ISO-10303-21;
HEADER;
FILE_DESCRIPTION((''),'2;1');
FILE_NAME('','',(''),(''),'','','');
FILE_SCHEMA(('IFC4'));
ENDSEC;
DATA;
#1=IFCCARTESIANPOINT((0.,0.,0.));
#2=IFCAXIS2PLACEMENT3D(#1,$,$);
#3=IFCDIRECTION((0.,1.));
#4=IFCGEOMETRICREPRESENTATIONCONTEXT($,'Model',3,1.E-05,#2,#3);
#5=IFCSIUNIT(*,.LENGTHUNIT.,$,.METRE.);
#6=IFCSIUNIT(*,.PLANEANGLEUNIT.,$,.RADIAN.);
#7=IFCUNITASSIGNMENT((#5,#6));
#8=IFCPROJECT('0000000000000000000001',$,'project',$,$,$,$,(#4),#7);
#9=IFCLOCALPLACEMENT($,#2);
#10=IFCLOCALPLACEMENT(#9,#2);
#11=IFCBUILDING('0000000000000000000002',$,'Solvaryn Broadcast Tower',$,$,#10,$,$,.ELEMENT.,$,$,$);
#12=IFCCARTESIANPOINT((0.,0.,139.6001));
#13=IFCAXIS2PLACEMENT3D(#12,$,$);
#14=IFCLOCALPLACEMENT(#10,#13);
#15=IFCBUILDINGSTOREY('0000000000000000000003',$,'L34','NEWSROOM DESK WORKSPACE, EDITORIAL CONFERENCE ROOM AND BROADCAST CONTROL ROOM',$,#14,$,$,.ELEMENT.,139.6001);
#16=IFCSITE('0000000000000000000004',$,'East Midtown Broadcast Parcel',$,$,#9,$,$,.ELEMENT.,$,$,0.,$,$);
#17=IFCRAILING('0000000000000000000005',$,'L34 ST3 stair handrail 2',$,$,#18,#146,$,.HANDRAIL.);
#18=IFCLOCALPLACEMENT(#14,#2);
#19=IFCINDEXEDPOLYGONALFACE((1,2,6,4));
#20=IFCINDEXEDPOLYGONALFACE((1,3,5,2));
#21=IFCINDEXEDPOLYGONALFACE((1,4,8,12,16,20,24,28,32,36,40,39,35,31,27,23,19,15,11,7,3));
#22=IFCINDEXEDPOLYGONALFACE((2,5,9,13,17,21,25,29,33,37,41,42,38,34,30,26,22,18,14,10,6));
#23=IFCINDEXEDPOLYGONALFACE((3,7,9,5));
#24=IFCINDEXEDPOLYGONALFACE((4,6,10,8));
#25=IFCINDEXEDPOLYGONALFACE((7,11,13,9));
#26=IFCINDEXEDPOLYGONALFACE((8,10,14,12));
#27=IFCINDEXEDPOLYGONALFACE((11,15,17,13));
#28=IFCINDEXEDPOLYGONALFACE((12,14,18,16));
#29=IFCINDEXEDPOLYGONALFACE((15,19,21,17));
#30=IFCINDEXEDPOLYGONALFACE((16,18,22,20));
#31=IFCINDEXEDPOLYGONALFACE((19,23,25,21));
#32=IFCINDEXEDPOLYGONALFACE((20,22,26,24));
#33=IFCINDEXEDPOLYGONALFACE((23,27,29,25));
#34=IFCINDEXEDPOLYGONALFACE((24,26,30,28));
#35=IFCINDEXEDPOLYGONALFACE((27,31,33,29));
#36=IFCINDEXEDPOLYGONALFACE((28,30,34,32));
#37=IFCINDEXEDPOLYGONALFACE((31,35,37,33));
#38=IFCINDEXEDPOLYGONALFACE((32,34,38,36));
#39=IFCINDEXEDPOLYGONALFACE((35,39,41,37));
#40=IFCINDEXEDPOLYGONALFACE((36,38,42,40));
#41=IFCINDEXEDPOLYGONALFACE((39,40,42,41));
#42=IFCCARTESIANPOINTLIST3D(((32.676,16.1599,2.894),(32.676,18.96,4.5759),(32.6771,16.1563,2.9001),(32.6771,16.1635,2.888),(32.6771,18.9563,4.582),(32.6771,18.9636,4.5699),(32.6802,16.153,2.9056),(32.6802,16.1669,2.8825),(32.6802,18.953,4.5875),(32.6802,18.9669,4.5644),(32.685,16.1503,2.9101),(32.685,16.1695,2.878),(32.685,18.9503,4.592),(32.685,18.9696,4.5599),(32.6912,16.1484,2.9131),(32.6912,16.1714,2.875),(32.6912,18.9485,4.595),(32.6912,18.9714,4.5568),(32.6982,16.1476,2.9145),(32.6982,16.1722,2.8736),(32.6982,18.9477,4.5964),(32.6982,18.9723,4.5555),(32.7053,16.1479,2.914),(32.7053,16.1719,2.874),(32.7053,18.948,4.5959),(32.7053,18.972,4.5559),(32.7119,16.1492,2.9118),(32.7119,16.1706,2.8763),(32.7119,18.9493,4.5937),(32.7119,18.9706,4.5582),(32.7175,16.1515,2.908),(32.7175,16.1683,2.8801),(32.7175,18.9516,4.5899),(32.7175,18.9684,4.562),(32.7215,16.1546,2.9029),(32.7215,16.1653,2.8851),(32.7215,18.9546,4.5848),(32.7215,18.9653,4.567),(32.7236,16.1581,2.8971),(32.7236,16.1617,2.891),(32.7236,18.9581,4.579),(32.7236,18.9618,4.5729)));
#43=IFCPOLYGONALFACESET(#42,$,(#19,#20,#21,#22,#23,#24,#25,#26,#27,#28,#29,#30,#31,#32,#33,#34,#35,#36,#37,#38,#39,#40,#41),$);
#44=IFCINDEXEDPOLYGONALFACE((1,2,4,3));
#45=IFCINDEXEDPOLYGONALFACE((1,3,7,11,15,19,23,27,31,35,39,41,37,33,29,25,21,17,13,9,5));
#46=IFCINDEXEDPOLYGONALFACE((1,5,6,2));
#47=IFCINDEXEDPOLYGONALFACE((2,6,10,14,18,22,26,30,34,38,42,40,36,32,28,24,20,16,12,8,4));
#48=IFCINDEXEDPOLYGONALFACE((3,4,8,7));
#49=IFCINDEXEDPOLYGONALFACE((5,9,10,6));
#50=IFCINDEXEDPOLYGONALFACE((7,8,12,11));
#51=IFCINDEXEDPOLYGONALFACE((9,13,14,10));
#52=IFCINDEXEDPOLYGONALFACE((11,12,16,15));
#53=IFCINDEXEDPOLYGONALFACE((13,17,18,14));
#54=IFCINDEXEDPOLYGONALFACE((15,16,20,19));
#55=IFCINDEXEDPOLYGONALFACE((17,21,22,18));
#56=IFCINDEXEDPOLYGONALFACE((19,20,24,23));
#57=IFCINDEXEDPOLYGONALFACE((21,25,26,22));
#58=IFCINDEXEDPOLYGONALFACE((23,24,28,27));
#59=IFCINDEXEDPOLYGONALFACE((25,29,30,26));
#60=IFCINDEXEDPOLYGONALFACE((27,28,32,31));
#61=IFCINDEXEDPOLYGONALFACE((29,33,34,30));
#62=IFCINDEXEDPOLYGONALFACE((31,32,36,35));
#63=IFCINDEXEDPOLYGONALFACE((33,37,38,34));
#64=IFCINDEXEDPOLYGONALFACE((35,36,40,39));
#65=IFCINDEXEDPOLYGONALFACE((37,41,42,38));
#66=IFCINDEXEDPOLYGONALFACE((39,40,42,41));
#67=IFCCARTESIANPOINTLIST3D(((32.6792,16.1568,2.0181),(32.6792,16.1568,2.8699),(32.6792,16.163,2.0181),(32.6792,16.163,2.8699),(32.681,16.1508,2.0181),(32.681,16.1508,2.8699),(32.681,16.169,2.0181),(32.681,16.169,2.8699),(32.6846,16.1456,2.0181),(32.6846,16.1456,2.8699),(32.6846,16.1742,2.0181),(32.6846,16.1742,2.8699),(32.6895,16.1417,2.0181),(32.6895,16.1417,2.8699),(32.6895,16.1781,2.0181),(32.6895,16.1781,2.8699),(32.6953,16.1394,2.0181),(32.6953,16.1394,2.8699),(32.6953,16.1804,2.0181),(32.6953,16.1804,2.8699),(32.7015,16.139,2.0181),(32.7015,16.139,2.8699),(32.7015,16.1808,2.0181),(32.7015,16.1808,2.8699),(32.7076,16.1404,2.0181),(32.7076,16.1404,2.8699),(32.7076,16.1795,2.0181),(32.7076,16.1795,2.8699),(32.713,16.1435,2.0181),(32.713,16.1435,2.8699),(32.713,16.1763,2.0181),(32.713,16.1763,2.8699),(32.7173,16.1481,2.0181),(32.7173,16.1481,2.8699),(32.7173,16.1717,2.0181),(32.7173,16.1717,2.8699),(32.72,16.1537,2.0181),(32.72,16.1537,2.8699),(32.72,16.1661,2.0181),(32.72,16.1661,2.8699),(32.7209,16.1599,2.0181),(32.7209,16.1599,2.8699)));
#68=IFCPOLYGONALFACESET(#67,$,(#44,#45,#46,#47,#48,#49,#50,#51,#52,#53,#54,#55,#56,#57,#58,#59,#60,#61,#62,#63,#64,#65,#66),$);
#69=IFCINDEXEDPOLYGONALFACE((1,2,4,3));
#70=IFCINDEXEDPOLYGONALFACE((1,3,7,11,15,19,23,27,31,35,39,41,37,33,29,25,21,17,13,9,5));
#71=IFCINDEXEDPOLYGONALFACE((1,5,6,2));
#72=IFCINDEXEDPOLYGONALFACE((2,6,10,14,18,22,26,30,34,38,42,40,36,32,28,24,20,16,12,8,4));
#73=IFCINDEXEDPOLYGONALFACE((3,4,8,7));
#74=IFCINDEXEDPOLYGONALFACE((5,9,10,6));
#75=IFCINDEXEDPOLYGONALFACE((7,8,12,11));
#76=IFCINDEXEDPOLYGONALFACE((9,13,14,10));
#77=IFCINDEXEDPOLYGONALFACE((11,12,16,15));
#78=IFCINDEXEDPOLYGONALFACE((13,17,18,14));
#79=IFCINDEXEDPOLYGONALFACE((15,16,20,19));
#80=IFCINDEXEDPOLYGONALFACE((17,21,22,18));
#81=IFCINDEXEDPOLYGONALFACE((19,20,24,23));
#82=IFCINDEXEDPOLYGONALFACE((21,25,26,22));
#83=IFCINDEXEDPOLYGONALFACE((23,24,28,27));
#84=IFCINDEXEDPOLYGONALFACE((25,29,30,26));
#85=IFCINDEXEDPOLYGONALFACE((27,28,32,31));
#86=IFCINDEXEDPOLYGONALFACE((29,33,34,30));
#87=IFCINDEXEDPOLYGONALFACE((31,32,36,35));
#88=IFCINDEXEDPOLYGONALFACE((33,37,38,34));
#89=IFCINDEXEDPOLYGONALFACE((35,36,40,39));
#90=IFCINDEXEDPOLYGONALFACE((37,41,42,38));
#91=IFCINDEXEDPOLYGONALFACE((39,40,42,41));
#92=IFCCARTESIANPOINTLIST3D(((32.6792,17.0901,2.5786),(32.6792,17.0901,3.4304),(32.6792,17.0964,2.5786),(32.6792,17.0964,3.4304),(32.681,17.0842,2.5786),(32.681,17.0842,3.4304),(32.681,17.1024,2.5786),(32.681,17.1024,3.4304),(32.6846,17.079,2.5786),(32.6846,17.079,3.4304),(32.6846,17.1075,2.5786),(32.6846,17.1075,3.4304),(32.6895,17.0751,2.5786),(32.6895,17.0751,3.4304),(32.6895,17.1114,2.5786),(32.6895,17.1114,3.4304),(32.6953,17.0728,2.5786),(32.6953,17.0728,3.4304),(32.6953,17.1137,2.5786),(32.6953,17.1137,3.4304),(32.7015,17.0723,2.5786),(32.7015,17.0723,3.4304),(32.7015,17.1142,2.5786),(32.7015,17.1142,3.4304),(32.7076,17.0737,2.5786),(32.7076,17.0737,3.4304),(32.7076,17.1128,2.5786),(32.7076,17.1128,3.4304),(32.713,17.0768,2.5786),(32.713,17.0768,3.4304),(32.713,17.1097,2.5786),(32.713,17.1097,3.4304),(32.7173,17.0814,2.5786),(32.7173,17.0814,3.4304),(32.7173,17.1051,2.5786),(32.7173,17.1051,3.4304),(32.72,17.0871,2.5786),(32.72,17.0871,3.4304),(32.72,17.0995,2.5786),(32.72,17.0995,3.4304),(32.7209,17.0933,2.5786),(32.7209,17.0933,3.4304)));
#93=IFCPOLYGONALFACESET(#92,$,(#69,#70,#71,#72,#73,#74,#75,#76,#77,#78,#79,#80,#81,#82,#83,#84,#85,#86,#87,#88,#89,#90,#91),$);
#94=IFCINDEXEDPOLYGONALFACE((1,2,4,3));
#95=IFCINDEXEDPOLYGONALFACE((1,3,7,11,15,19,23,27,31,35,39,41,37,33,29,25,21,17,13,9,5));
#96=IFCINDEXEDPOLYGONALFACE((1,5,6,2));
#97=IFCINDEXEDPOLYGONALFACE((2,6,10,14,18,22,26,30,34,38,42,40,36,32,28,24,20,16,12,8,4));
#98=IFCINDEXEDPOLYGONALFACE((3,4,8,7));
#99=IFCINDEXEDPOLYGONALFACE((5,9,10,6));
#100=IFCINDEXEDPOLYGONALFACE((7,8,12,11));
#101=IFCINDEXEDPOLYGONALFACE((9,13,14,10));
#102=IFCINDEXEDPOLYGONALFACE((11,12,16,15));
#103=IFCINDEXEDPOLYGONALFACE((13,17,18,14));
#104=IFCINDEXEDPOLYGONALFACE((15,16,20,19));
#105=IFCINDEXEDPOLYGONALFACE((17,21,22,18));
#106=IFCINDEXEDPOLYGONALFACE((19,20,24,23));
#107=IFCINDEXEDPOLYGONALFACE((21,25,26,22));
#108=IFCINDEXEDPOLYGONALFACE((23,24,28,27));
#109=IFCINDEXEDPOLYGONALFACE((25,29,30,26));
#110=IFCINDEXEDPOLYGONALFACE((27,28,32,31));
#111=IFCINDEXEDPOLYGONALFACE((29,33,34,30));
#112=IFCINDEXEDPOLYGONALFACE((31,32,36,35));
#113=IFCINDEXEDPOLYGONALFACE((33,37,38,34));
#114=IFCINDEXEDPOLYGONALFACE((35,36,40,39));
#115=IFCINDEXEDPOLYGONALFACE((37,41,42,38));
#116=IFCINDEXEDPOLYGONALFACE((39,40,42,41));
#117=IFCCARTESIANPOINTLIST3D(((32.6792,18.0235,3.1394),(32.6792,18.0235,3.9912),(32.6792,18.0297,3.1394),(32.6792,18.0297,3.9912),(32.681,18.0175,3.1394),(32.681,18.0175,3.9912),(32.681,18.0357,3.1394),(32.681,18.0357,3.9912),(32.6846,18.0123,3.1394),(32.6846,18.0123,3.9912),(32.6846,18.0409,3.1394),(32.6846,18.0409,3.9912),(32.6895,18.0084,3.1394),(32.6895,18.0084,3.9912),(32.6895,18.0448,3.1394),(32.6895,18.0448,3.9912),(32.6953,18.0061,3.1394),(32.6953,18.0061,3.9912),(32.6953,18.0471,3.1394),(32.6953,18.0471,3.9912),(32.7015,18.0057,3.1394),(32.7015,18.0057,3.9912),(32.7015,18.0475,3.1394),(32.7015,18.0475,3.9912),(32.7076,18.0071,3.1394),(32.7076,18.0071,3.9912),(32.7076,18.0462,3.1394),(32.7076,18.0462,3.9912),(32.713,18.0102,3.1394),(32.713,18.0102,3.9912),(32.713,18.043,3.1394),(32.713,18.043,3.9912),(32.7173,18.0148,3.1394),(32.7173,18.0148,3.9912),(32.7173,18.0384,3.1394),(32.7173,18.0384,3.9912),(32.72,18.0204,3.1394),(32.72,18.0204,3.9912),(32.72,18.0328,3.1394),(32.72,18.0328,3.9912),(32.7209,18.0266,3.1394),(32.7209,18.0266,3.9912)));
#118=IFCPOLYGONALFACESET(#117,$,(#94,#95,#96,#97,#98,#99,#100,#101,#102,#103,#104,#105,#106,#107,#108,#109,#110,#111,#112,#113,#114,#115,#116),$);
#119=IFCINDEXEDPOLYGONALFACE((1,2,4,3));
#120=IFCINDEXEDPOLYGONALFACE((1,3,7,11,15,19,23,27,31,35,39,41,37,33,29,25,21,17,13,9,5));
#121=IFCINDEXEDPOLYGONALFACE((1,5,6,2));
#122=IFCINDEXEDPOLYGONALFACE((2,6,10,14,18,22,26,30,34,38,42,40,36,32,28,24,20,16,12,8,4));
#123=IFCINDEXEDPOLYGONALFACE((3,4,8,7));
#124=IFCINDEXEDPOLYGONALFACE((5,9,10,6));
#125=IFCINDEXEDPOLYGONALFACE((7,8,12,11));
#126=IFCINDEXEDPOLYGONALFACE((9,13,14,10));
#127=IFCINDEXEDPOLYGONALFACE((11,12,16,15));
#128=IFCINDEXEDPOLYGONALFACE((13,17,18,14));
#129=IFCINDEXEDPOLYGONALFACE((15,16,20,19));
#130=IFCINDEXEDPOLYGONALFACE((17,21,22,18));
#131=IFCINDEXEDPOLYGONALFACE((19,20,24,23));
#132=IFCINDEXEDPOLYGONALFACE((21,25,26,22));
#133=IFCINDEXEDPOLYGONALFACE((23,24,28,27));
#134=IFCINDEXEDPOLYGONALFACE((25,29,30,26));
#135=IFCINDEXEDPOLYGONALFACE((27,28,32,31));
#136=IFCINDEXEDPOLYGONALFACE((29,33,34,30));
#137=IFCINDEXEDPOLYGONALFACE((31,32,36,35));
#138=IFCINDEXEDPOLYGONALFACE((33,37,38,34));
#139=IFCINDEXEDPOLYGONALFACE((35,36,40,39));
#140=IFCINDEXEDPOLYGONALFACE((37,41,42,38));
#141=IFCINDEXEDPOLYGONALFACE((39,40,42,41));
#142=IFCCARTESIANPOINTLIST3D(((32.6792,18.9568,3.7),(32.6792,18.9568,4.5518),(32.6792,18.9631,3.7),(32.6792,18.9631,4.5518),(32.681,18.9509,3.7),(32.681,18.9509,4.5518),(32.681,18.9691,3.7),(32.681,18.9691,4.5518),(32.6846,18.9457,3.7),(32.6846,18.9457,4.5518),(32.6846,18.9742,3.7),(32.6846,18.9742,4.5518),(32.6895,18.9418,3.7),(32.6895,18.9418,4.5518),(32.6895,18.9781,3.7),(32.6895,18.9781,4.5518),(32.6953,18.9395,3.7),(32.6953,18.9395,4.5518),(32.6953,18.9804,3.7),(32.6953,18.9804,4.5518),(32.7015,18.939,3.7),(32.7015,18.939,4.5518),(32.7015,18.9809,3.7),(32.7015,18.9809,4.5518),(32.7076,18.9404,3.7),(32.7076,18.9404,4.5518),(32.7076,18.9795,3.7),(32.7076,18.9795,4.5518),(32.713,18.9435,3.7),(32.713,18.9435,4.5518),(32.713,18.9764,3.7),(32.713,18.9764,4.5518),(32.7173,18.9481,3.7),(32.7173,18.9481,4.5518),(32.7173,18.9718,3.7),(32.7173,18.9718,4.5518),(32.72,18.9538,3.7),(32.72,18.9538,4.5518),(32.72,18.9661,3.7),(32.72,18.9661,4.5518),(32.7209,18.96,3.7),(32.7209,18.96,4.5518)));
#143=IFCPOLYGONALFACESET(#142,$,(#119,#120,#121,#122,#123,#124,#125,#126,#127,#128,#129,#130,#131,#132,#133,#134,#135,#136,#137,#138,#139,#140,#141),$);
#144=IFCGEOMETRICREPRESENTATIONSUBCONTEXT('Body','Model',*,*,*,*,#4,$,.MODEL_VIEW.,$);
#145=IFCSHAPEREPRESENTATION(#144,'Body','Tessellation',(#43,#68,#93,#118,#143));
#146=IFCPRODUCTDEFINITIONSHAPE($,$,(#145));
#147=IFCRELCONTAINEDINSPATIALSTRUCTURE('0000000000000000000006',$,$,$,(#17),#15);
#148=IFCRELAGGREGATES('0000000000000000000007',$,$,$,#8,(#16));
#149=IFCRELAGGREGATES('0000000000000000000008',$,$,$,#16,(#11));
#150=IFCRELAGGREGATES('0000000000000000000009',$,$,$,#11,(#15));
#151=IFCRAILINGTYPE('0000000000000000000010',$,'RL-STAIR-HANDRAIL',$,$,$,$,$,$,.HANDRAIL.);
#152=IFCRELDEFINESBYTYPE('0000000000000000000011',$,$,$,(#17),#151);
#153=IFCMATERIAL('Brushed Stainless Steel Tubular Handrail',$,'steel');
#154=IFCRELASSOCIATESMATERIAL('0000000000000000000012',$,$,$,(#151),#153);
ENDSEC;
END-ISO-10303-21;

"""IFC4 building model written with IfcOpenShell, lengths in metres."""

from ifc_helpers import new_model, si_unit, direction, frame, origin, origin_2d, place, context, subcontext, project, spatial, circle, extrude, material, type_object, element, save


model = new_model("IFC4")

# Units and contexts
model_context = context("Model", 3, precision=1e-05, world=origin(), true_north=direction((0.0, 1.0)))
body_context = subcontext(model_context, "Body", "Model", "MODEL_VIEW")
ifc_project = project(units=[si_unit("LENGTHUNIT", "METRE"), si_unit("PLANEANGLEUNIT", "RADIAN")], contexts=[model_context])

# Site, building, storey
site_placement = place(None, origin())
site = spatial("IfcSite", under=ifc_project, at=site_placement, Name="East Midtown Broadcast Parcel", CompositionType="ELEMENT", RefElevation=0.0)
building_placement = place(site_placement, origin())
building = spatial("IfcBuilding", under=site, at=building_placement, Name="Solvaryn Broadcast Tower", CompositionType="ELEMENT")
storey_placement = place(building_placement, frame((0.0, 0.0, 139.6001)))
storey = spatial("IfcBuildingStorey", under=building, at=storey_placement, Name="L34", Description="NEWSROOM DESK WORKSPACE, EDITORIAL CONFERENCE ROOM AND BROADCAST CONTROL ROOM", CompositionType="ELEMENT", Elevation=139.6001)

# Railing
ifc_material_1 = material(Name="Brushed Stainless Steel Tubular Handrail", Category="steel")
railing_type_1 = type_object("IfcRailingType", Name="RL-STAIR-HANDRAIL", PredefinedType="HANDRAIL", material=ifc_material_1)
railing_1_placement = place(storey_placement, frame((32.7, 16.1599, 2.0181)))
element("IfcRailing", 1, at=railing_1_placement, inside=storey, type_object=railing_type_1, Name="L34 ST3 stair handrail 2", PredefinedType="HANDRAIL", context=body_context, shape_type="SweptSolid", body=[
    extrude(circle(Radius=0.0239, at=origin_2d()), frame((0.0, 0.0, 0.876), z_axis=(0.0, 0.857242, 0.514913), x_axis=(-1.0, 0.0, 0.0)), (0.0, 0.0, 1.0), 3.2664),
    extrude(circle(Radius=0.021, at=origin_2d()), origin(), (0.0, 0.0, 1.0), 0.8518),
    extrude(circle(Radius=0.021, at=origin_2d()), frame((0.0, 0.9333, 0.5605)), (0.0, 0.0, 1.0), 0.8518),
    extrude(circle(Radius=0.021, at=origin_2d()), frame((0.0, 1.8667, 1.1213)), (0.0, 0.0, 1.0), 0.8518),
    extrude(circle(Radius=0.021, at=origin_2d()), frame((0.0, 2.8, 1.6819)), (0.0, 0.0, 1.0), 0.8518),
])

save(model, "model.ifc")
